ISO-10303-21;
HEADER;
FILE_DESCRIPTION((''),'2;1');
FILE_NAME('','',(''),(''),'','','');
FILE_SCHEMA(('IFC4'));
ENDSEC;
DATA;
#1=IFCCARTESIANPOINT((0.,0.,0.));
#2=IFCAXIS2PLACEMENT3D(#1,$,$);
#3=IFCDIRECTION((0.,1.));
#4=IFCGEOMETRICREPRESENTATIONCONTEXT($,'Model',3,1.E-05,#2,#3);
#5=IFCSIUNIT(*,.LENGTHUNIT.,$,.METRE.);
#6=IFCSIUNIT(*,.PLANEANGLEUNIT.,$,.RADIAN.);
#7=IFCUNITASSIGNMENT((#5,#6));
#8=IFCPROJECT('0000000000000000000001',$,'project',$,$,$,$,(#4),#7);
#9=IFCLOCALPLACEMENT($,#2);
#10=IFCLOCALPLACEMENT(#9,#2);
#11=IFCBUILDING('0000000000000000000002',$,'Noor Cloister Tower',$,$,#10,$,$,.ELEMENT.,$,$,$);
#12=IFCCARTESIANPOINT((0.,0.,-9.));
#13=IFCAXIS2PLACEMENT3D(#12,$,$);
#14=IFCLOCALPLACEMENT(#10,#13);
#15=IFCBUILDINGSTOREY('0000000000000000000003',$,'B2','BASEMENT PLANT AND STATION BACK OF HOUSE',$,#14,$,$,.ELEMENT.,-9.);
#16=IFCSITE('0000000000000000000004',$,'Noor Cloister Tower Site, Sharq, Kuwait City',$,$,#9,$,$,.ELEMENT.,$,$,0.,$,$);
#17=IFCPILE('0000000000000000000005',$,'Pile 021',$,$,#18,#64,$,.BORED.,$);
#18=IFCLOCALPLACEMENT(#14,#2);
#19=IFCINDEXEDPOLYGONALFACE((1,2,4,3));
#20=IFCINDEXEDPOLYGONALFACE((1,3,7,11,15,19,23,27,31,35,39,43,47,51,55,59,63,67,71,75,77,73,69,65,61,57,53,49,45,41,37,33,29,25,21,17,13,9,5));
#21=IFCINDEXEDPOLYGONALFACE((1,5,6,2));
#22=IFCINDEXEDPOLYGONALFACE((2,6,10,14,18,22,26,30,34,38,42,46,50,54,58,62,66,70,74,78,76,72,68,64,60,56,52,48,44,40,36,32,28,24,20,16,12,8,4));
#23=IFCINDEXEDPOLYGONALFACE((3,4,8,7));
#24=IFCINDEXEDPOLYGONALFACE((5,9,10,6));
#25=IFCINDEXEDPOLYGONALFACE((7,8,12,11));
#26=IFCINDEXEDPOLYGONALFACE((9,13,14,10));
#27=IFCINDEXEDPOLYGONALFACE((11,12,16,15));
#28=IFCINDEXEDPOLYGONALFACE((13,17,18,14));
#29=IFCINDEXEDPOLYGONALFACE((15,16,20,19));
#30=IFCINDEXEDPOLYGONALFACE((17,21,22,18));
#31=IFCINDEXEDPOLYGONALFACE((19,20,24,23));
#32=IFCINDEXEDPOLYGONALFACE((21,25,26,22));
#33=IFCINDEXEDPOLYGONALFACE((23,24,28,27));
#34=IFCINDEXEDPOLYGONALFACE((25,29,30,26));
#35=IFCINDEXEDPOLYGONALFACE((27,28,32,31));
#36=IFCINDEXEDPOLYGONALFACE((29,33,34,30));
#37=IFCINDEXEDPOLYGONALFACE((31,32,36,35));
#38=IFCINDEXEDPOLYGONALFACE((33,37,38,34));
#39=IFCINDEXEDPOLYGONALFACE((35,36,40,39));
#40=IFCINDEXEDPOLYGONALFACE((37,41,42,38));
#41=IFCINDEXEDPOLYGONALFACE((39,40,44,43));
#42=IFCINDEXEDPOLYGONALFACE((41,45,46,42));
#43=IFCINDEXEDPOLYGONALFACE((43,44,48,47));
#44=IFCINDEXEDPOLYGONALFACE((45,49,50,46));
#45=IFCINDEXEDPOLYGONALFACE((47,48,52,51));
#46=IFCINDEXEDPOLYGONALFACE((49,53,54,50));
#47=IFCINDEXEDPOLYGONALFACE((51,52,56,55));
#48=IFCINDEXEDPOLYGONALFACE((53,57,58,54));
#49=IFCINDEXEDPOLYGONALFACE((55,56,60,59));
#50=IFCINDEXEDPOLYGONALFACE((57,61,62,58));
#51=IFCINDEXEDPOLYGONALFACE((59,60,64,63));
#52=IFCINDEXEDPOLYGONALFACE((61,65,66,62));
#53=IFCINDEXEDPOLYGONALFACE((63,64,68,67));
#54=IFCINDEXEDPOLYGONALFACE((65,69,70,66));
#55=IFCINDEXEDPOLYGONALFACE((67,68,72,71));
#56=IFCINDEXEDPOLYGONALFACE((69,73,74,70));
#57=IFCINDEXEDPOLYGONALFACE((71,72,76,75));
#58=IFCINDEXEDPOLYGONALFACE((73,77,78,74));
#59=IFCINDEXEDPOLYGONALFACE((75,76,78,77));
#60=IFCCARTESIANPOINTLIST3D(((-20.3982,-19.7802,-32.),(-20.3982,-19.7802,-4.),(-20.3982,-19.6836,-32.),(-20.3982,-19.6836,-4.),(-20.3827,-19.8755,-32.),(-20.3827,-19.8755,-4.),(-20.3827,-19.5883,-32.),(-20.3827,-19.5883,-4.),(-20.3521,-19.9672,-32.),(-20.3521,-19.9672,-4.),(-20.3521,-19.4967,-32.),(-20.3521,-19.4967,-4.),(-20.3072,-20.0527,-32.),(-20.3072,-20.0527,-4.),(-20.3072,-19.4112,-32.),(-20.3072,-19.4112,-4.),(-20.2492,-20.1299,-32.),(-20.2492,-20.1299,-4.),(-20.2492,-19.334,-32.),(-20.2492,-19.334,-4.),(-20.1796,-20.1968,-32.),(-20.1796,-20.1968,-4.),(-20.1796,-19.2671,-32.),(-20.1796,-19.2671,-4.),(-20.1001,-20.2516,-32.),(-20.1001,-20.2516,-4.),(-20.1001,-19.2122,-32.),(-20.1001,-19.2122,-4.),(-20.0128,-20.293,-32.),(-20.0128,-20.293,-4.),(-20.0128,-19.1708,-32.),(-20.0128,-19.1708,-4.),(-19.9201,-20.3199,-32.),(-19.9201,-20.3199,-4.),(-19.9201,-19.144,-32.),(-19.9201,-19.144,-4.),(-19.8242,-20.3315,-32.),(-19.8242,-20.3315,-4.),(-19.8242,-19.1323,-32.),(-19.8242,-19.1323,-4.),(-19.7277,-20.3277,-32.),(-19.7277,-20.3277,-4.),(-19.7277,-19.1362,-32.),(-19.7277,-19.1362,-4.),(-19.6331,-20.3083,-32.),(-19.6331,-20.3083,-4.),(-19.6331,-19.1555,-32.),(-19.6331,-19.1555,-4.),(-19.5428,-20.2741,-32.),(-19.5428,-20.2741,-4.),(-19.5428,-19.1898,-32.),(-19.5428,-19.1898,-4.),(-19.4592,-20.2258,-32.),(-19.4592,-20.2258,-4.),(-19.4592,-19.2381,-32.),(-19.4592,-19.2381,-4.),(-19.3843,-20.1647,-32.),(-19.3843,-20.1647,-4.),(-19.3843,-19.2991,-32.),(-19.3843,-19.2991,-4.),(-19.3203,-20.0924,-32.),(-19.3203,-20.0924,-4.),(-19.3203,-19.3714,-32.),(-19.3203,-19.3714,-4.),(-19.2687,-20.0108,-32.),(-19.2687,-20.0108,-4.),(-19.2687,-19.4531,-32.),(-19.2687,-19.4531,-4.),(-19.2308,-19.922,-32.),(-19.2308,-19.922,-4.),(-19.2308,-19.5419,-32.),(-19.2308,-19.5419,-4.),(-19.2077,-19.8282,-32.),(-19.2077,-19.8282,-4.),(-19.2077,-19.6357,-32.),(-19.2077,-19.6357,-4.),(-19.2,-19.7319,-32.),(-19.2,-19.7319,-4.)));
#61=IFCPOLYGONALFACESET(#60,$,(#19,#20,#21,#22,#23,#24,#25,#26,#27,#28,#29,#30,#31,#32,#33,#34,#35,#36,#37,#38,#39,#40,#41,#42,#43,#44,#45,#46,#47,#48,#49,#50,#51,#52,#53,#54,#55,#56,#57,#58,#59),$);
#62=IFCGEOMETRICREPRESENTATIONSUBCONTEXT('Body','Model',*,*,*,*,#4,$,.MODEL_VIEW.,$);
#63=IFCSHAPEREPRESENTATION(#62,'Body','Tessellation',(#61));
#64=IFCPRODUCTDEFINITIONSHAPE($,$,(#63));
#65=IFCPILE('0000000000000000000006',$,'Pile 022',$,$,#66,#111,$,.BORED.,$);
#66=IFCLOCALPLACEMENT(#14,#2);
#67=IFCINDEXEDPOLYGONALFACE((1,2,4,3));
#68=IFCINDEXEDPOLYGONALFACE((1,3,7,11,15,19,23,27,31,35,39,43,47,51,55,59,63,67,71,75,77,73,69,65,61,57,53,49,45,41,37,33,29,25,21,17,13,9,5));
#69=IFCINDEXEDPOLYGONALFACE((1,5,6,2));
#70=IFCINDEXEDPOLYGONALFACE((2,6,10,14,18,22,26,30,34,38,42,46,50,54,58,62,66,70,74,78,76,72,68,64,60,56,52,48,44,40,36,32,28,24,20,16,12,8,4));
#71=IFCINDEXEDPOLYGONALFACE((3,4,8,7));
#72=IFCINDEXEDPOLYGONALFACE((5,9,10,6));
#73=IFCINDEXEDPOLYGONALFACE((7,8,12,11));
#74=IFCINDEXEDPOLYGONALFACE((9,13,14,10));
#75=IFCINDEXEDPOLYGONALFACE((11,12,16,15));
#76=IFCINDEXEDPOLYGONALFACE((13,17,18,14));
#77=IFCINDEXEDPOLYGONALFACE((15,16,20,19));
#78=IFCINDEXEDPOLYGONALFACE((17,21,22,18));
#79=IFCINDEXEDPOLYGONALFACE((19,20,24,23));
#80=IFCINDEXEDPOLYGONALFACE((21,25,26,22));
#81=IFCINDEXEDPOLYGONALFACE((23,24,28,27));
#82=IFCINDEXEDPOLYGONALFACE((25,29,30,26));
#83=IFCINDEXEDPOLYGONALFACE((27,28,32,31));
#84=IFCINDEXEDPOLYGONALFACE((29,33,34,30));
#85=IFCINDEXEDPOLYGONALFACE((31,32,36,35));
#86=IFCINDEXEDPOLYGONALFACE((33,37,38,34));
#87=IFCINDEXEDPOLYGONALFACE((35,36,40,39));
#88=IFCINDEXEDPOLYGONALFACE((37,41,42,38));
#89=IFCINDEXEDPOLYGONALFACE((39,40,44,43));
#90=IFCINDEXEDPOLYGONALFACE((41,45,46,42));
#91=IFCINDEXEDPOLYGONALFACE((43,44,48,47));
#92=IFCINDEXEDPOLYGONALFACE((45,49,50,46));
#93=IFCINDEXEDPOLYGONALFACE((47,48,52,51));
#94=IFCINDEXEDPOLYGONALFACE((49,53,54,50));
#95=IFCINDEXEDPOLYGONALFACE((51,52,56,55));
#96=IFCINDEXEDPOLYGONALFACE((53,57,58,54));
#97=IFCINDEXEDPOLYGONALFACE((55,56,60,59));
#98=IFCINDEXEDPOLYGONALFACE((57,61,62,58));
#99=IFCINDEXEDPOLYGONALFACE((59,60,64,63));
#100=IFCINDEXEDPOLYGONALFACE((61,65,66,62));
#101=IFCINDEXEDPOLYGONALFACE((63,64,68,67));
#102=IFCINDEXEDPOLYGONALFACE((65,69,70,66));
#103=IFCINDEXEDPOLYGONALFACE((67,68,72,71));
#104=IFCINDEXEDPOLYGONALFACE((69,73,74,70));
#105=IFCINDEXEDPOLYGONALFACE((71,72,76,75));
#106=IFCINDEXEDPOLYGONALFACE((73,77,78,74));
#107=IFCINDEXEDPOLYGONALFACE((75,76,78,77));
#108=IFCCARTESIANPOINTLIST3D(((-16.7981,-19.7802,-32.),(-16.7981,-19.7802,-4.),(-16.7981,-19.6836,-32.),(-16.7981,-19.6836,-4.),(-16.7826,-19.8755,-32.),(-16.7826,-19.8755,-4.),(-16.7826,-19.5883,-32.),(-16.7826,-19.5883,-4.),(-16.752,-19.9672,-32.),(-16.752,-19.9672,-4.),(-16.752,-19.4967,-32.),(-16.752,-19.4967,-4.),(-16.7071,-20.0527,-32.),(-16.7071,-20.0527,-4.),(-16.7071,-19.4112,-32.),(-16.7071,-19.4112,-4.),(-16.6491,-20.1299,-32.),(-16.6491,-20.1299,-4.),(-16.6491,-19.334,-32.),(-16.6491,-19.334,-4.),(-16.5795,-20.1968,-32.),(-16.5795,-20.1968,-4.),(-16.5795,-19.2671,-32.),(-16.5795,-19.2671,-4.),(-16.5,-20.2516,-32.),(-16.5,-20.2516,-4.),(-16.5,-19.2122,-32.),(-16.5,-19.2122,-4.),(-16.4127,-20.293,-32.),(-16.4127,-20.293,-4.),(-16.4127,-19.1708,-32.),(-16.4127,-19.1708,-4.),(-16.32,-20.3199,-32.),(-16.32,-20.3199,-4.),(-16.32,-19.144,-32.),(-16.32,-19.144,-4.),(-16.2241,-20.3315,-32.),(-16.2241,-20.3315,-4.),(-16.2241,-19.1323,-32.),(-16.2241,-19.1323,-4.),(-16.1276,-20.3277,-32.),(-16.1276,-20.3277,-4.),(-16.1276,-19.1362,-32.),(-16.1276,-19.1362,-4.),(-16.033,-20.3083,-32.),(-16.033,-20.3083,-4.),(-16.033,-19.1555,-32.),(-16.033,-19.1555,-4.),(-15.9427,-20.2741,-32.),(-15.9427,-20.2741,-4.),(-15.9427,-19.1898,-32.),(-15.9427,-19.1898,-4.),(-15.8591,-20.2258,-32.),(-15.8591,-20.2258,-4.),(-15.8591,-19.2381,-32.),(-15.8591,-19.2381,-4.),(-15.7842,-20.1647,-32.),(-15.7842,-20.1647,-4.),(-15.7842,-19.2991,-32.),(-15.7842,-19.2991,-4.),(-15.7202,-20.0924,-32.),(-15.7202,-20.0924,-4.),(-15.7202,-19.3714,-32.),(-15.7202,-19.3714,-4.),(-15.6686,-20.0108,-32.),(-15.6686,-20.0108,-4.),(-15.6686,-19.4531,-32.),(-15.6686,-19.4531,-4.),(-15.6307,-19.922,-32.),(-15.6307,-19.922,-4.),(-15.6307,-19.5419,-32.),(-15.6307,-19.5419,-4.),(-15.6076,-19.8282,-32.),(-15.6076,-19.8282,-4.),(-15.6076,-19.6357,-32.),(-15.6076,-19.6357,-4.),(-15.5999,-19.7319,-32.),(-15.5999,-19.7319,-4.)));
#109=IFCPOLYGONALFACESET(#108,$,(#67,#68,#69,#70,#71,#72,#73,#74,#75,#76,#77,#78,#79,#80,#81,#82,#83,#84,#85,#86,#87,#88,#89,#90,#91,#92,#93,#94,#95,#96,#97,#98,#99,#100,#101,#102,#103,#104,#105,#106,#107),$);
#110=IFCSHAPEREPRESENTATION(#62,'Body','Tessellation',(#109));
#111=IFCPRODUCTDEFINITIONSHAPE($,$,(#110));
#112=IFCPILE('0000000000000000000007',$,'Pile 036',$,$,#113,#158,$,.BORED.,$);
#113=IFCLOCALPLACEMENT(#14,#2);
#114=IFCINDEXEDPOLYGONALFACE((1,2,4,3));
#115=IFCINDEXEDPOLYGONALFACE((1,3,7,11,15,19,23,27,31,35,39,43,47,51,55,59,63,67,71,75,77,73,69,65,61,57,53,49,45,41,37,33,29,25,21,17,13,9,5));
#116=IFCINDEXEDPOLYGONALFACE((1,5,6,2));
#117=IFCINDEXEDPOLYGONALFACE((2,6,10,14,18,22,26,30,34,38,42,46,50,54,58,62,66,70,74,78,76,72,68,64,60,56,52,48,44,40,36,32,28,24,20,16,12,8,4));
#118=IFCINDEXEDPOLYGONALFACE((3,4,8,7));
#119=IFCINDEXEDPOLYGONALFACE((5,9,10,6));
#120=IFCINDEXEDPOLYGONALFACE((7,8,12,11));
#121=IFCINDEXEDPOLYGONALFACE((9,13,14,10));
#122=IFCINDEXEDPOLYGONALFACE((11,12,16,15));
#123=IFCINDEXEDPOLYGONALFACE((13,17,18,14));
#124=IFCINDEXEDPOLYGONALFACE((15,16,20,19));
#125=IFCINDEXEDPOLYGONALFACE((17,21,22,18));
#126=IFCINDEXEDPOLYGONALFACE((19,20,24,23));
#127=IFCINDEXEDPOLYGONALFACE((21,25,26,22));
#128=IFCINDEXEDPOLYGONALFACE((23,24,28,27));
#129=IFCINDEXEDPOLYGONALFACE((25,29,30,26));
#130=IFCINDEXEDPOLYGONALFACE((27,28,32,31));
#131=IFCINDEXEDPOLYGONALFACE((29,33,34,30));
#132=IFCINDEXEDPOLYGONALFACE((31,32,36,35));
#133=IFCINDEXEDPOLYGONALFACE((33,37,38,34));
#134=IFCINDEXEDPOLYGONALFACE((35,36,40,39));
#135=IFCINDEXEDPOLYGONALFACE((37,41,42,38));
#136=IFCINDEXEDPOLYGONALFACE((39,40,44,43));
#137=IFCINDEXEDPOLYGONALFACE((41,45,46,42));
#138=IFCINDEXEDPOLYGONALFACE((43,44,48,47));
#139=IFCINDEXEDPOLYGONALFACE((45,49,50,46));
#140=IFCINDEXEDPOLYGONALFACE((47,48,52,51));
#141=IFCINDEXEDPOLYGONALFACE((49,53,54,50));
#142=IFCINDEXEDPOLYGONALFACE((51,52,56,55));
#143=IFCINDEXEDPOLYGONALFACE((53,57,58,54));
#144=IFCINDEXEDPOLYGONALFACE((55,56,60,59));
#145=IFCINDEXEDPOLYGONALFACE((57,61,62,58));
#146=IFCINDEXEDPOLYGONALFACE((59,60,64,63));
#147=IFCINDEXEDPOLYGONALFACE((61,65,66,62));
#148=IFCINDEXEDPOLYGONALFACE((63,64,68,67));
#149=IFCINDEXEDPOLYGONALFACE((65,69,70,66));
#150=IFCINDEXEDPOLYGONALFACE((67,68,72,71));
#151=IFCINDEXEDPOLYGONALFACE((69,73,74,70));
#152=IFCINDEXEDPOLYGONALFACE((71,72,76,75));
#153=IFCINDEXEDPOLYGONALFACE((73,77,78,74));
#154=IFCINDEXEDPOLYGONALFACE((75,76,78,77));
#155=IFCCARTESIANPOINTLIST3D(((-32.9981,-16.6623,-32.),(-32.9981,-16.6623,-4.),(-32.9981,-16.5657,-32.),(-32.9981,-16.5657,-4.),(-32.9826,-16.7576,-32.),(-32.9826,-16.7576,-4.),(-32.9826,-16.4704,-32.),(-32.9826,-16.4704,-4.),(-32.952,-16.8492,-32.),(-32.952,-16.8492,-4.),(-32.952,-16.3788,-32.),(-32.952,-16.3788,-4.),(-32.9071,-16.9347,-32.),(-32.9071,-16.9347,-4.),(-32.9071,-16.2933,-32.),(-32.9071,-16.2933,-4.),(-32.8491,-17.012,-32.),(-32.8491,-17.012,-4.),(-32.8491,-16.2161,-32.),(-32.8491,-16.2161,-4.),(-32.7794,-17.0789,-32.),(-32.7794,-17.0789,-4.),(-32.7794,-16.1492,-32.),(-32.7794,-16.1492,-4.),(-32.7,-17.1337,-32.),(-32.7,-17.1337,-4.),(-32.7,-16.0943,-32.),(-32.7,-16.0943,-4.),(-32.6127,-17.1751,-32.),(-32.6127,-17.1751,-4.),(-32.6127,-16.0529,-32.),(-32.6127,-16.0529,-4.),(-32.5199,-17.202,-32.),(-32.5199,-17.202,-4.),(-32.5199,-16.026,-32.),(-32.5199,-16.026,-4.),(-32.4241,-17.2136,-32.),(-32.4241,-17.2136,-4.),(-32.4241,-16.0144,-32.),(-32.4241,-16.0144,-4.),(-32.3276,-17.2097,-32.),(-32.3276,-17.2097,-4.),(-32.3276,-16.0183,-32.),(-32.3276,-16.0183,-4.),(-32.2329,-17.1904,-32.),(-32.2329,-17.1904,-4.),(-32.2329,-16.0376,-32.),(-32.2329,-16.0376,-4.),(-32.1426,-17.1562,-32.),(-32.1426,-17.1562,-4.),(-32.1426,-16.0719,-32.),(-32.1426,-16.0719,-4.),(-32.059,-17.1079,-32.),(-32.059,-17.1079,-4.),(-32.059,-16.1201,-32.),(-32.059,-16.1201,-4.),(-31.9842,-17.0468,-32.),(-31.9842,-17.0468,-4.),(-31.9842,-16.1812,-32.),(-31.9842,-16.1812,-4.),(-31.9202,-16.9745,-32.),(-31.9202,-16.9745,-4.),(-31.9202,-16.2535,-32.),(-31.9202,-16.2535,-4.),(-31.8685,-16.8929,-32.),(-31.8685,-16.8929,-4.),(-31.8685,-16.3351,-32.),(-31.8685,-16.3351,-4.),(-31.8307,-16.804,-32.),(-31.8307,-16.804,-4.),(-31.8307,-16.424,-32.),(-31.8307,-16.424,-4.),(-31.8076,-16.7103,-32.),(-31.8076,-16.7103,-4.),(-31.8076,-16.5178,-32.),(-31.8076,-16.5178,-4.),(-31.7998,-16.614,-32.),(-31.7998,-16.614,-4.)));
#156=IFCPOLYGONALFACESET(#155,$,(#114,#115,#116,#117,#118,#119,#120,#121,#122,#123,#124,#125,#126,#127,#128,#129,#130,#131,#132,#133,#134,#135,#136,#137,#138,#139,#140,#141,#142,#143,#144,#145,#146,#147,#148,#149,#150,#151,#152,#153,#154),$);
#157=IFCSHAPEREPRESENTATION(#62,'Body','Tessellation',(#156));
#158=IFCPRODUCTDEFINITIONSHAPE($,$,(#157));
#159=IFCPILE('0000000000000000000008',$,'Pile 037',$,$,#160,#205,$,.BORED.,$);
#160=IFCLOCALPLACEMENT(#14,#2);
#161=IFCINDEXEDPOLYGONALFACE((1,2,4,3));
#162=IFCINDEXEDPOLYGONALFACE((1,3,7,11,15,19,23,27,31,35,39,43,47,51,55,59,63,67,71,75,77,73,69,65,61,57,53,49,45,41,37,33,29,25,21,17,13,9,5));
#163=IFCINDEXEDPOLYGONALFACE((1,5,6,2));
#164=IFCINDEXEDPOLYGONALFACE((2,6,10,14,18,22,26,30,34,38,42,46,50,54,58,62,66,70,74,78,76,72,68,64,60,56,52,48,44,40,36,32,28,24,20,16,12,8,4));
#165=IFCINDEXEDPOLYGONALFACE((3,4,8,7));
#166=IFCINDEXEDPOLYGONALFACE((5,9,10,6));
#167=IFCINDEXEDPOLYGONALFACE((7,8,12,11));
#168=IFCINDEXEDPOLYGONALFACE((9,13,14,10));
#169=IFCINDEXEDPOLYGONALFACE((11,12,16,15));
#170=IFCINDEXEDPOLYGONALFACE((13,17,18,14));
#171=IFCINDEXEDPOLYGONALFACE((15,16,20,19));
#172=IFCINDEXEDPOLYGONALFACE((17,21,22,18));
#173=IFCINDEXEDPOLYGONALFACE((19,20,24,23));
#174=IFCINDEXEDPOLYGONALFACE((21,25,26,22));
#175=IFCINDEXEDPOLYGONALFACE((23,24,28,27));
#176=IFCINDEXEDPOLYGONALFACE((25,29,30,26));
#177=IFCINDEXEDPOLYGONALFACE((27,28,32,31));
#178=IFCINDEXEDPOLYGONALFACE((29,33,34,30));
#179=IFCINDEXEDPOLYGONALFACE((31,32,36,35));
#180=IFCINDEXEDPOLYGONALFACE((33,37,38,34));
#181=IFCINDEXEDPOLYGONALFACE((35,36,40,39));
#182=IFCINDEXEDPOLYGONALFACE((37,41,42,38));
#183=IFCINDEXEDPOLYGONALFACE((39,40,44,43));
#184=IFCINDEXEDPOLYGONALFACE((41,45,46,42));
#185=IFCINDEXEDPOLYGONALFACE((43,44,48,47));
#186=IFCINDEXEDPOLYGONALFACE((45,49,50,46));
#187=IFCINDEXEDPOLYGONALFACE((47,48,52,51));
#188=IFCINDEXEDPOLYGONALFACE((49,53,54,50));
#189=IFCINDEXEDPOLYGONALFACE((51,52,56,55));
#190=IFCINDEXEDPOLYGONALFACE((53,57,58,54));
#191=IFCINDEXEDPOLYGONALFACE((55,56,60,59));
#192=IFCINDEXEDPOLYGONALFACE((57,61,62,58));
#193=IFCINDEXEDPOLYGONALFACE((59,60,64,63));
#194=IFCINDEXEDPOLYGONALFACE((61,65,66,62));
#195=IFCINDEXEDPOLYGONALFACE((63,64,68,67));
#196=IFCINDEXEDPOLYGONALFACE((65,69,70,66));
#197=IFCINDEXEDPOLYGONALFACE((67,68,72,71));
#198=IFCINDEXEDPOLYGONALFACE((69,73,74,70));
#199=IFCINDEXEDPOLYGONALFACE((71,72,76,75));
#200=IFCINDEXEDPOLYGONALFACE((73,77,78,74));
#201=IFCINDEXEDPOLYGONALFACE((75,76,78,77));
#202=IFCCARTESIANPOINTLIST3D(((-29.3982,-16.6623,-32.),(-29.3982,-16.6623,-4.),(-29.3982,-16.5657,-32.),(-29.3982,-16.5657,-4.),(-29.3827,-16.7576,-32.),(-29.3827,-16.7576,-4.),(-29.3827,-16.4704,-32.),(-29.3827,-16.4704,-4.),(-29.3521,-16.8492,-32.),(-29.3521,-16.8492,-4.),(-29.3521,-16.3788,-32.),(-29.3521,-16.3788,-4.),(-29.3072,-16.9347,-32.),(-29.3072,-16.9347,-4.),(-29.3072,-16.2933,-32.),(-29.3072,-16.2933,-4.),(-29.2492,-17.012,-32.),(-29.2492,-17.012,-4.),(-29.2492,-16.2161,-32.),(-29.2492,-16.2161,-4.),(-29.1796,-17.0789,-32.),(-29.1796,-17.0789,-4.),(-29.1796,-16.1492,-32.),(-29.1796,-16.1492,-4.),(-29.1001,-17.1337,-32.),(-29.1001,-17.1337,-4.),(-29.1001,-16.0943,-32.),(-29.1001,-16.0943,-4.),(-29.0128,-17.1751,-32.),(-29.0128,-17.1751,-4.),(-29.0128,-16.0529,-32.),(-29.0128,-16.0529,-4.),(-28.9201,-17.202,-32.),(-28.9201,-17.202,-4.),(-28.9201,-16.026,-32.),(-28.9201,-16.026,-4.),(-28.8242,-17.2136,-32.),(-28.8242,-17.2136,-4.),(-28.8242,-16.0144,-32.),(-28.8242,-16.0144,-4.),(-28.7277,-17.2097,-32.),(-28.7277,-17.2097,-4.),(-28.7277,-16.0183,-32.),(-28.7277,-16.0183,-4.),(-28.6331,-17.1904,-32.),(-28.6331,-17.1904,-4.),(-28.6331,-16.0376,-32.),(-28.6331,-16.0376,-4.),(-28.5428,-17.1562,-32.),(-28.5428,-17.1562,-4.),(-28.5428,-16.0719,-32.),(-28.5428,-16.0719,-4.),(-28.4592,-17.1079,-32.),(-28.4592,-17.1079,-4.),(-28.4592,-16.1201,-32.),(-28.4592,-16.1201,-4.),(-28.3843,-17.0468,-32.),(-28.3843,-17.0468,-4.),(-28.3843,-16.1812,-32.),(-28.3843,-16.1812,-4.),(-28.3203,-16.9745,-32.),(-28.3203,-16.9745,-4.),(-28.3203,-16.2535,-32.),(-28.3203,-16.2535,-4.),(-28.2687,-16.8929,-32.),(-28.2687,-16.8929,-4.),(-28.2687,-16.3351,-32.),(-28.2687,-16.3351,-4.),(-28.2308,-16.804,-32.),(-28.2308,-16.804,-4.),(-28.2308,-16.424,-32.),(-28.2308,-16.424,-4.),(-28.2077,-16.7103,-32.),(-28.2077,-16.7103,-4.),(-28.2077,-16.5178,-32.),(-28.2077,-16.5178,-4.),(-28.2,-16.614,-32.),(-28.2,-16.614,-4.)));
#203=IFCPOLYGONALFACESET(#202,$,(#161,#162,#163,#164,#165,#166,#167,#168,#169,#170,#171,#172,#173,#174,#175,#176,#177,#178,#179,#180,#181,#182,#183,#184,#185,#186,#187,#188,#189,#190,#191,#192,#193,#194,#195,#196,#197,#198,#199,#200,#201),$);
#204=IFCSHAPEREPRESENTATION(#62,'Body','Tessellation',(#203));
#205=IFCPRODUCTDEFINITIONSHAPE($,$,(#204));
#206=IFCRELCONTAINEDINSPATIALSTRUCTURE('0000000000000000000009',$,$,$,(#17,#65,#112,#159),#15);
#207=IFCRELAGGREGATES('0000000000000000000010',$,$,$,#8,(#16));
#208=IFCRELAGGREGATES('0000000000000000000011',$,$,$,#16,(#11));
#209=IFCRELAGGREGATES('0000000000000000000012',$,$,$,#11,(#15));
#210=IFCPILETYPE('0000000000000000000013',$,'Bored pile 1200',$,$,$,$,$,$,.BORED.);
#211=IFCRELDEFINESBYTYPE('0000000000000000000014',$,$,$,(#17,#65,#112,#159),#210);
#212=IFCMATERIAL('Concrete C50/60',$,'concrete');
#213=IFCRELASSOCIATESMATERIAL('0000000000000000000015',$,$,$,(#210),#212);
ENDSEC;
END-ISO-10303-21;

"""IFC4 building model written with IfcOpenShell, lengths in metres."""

from ifc_helpers import new_model, si_unit, direction, frame, origin, origin_2d, place, context, subcontext, project, spatial, circle, extrude, material, material_profile, profile_set, type_object, element, save


model = new_model("IFC4")

# Units and contexts
model_context = context("Model", 3, precision=1e-05, world=origin(), true_north=direction((0.0, 1.0)))
body_context = subcontext(model_context, "Body", "Model", "MODEL_VIEW")
ifc_project = project(units=[si_unit("LENGTHUNIT", "METRE"), si_unit("PLANEANGLEUNIT", "RADIAN")], contexts=[model_context])

# Site, building, storey
site_placement = place(None, origin())
site = spatial("IfcSite", under=ifc_project, at=site_placement, Name="Noor Cloister Tower Site, Sharq, Kuwait City", CompositionType="ELEMENT", RefElevation=0.0)
building_placement = place(site_placement, origin())
building = spatial("IfcBuilding", under=site, at=building_placement, Name="Noor Cloister Tower", CompositionType="ELEMENT")
storey_placement = place(building_placement, frame((0.0, 0.0, -9.0)))
storey = spatial("IfcBuildingStorey", under=building, at=storey_placement, Name="B2", Description="BASEMENT PLANT AND STATION BACK OF HOUSE", CompositionType="ELEMENT", Elevation=-9.0)

# Piles
ifc_material_1 = material(Name="Concrete C50/60", Category="concrete")
ifc_material_profile_1 = material_profile(ifc_material_1, circle(Radius=0.6001, at=origin_2d()), Name="Bored pile 1200")
ifc_profile_set_1 = profile_set([ifc_material_profile_1], Name="Concrete C50/60")
pile_type = type_object("IfcPileType", Name="Bored pile 1200", PredefinedType="BORED", material=ifc_profile_set_1)
for number, where, z_axis, x_axis, name in (
    (1, (-19.8, -19.7319, -4.0), (0.0, 0.0, -1.0), (1.0, 0.0, 0.0), "Pile 021"),
    (2, (-16.2, -19.7319, -4.0), (0.0, 0.0, -1.0), (1.0, 0.0, 0.0), "Pile 022"),
    (3, (-32.3999, -16.614, -4.0), (0.0, 0.0, -1.0), (1.0, 0.0, 0.0), "Pile 036"),
    (4, (-28.8, -16.614, -4.0), (0.0, 0.0, -1.0), (1.0, 0.0, 0.0), "Pile 037"),
):
    element("IfcPile", number, at=place(storey_placement, frame(where, z_axis=z_axis, x_axis=x_axis)), inside=storey, type_object=pile_type, Name=name, PredefinedType="BORED", context=body_context, shape_type="SweptSolid", body=[
        extrude(circle(Radius=0.6001, at=origin_2d()), origin(), (0.0, 0.0, 1.0), 28.0),
    ])

save(model, "model.ifc")
